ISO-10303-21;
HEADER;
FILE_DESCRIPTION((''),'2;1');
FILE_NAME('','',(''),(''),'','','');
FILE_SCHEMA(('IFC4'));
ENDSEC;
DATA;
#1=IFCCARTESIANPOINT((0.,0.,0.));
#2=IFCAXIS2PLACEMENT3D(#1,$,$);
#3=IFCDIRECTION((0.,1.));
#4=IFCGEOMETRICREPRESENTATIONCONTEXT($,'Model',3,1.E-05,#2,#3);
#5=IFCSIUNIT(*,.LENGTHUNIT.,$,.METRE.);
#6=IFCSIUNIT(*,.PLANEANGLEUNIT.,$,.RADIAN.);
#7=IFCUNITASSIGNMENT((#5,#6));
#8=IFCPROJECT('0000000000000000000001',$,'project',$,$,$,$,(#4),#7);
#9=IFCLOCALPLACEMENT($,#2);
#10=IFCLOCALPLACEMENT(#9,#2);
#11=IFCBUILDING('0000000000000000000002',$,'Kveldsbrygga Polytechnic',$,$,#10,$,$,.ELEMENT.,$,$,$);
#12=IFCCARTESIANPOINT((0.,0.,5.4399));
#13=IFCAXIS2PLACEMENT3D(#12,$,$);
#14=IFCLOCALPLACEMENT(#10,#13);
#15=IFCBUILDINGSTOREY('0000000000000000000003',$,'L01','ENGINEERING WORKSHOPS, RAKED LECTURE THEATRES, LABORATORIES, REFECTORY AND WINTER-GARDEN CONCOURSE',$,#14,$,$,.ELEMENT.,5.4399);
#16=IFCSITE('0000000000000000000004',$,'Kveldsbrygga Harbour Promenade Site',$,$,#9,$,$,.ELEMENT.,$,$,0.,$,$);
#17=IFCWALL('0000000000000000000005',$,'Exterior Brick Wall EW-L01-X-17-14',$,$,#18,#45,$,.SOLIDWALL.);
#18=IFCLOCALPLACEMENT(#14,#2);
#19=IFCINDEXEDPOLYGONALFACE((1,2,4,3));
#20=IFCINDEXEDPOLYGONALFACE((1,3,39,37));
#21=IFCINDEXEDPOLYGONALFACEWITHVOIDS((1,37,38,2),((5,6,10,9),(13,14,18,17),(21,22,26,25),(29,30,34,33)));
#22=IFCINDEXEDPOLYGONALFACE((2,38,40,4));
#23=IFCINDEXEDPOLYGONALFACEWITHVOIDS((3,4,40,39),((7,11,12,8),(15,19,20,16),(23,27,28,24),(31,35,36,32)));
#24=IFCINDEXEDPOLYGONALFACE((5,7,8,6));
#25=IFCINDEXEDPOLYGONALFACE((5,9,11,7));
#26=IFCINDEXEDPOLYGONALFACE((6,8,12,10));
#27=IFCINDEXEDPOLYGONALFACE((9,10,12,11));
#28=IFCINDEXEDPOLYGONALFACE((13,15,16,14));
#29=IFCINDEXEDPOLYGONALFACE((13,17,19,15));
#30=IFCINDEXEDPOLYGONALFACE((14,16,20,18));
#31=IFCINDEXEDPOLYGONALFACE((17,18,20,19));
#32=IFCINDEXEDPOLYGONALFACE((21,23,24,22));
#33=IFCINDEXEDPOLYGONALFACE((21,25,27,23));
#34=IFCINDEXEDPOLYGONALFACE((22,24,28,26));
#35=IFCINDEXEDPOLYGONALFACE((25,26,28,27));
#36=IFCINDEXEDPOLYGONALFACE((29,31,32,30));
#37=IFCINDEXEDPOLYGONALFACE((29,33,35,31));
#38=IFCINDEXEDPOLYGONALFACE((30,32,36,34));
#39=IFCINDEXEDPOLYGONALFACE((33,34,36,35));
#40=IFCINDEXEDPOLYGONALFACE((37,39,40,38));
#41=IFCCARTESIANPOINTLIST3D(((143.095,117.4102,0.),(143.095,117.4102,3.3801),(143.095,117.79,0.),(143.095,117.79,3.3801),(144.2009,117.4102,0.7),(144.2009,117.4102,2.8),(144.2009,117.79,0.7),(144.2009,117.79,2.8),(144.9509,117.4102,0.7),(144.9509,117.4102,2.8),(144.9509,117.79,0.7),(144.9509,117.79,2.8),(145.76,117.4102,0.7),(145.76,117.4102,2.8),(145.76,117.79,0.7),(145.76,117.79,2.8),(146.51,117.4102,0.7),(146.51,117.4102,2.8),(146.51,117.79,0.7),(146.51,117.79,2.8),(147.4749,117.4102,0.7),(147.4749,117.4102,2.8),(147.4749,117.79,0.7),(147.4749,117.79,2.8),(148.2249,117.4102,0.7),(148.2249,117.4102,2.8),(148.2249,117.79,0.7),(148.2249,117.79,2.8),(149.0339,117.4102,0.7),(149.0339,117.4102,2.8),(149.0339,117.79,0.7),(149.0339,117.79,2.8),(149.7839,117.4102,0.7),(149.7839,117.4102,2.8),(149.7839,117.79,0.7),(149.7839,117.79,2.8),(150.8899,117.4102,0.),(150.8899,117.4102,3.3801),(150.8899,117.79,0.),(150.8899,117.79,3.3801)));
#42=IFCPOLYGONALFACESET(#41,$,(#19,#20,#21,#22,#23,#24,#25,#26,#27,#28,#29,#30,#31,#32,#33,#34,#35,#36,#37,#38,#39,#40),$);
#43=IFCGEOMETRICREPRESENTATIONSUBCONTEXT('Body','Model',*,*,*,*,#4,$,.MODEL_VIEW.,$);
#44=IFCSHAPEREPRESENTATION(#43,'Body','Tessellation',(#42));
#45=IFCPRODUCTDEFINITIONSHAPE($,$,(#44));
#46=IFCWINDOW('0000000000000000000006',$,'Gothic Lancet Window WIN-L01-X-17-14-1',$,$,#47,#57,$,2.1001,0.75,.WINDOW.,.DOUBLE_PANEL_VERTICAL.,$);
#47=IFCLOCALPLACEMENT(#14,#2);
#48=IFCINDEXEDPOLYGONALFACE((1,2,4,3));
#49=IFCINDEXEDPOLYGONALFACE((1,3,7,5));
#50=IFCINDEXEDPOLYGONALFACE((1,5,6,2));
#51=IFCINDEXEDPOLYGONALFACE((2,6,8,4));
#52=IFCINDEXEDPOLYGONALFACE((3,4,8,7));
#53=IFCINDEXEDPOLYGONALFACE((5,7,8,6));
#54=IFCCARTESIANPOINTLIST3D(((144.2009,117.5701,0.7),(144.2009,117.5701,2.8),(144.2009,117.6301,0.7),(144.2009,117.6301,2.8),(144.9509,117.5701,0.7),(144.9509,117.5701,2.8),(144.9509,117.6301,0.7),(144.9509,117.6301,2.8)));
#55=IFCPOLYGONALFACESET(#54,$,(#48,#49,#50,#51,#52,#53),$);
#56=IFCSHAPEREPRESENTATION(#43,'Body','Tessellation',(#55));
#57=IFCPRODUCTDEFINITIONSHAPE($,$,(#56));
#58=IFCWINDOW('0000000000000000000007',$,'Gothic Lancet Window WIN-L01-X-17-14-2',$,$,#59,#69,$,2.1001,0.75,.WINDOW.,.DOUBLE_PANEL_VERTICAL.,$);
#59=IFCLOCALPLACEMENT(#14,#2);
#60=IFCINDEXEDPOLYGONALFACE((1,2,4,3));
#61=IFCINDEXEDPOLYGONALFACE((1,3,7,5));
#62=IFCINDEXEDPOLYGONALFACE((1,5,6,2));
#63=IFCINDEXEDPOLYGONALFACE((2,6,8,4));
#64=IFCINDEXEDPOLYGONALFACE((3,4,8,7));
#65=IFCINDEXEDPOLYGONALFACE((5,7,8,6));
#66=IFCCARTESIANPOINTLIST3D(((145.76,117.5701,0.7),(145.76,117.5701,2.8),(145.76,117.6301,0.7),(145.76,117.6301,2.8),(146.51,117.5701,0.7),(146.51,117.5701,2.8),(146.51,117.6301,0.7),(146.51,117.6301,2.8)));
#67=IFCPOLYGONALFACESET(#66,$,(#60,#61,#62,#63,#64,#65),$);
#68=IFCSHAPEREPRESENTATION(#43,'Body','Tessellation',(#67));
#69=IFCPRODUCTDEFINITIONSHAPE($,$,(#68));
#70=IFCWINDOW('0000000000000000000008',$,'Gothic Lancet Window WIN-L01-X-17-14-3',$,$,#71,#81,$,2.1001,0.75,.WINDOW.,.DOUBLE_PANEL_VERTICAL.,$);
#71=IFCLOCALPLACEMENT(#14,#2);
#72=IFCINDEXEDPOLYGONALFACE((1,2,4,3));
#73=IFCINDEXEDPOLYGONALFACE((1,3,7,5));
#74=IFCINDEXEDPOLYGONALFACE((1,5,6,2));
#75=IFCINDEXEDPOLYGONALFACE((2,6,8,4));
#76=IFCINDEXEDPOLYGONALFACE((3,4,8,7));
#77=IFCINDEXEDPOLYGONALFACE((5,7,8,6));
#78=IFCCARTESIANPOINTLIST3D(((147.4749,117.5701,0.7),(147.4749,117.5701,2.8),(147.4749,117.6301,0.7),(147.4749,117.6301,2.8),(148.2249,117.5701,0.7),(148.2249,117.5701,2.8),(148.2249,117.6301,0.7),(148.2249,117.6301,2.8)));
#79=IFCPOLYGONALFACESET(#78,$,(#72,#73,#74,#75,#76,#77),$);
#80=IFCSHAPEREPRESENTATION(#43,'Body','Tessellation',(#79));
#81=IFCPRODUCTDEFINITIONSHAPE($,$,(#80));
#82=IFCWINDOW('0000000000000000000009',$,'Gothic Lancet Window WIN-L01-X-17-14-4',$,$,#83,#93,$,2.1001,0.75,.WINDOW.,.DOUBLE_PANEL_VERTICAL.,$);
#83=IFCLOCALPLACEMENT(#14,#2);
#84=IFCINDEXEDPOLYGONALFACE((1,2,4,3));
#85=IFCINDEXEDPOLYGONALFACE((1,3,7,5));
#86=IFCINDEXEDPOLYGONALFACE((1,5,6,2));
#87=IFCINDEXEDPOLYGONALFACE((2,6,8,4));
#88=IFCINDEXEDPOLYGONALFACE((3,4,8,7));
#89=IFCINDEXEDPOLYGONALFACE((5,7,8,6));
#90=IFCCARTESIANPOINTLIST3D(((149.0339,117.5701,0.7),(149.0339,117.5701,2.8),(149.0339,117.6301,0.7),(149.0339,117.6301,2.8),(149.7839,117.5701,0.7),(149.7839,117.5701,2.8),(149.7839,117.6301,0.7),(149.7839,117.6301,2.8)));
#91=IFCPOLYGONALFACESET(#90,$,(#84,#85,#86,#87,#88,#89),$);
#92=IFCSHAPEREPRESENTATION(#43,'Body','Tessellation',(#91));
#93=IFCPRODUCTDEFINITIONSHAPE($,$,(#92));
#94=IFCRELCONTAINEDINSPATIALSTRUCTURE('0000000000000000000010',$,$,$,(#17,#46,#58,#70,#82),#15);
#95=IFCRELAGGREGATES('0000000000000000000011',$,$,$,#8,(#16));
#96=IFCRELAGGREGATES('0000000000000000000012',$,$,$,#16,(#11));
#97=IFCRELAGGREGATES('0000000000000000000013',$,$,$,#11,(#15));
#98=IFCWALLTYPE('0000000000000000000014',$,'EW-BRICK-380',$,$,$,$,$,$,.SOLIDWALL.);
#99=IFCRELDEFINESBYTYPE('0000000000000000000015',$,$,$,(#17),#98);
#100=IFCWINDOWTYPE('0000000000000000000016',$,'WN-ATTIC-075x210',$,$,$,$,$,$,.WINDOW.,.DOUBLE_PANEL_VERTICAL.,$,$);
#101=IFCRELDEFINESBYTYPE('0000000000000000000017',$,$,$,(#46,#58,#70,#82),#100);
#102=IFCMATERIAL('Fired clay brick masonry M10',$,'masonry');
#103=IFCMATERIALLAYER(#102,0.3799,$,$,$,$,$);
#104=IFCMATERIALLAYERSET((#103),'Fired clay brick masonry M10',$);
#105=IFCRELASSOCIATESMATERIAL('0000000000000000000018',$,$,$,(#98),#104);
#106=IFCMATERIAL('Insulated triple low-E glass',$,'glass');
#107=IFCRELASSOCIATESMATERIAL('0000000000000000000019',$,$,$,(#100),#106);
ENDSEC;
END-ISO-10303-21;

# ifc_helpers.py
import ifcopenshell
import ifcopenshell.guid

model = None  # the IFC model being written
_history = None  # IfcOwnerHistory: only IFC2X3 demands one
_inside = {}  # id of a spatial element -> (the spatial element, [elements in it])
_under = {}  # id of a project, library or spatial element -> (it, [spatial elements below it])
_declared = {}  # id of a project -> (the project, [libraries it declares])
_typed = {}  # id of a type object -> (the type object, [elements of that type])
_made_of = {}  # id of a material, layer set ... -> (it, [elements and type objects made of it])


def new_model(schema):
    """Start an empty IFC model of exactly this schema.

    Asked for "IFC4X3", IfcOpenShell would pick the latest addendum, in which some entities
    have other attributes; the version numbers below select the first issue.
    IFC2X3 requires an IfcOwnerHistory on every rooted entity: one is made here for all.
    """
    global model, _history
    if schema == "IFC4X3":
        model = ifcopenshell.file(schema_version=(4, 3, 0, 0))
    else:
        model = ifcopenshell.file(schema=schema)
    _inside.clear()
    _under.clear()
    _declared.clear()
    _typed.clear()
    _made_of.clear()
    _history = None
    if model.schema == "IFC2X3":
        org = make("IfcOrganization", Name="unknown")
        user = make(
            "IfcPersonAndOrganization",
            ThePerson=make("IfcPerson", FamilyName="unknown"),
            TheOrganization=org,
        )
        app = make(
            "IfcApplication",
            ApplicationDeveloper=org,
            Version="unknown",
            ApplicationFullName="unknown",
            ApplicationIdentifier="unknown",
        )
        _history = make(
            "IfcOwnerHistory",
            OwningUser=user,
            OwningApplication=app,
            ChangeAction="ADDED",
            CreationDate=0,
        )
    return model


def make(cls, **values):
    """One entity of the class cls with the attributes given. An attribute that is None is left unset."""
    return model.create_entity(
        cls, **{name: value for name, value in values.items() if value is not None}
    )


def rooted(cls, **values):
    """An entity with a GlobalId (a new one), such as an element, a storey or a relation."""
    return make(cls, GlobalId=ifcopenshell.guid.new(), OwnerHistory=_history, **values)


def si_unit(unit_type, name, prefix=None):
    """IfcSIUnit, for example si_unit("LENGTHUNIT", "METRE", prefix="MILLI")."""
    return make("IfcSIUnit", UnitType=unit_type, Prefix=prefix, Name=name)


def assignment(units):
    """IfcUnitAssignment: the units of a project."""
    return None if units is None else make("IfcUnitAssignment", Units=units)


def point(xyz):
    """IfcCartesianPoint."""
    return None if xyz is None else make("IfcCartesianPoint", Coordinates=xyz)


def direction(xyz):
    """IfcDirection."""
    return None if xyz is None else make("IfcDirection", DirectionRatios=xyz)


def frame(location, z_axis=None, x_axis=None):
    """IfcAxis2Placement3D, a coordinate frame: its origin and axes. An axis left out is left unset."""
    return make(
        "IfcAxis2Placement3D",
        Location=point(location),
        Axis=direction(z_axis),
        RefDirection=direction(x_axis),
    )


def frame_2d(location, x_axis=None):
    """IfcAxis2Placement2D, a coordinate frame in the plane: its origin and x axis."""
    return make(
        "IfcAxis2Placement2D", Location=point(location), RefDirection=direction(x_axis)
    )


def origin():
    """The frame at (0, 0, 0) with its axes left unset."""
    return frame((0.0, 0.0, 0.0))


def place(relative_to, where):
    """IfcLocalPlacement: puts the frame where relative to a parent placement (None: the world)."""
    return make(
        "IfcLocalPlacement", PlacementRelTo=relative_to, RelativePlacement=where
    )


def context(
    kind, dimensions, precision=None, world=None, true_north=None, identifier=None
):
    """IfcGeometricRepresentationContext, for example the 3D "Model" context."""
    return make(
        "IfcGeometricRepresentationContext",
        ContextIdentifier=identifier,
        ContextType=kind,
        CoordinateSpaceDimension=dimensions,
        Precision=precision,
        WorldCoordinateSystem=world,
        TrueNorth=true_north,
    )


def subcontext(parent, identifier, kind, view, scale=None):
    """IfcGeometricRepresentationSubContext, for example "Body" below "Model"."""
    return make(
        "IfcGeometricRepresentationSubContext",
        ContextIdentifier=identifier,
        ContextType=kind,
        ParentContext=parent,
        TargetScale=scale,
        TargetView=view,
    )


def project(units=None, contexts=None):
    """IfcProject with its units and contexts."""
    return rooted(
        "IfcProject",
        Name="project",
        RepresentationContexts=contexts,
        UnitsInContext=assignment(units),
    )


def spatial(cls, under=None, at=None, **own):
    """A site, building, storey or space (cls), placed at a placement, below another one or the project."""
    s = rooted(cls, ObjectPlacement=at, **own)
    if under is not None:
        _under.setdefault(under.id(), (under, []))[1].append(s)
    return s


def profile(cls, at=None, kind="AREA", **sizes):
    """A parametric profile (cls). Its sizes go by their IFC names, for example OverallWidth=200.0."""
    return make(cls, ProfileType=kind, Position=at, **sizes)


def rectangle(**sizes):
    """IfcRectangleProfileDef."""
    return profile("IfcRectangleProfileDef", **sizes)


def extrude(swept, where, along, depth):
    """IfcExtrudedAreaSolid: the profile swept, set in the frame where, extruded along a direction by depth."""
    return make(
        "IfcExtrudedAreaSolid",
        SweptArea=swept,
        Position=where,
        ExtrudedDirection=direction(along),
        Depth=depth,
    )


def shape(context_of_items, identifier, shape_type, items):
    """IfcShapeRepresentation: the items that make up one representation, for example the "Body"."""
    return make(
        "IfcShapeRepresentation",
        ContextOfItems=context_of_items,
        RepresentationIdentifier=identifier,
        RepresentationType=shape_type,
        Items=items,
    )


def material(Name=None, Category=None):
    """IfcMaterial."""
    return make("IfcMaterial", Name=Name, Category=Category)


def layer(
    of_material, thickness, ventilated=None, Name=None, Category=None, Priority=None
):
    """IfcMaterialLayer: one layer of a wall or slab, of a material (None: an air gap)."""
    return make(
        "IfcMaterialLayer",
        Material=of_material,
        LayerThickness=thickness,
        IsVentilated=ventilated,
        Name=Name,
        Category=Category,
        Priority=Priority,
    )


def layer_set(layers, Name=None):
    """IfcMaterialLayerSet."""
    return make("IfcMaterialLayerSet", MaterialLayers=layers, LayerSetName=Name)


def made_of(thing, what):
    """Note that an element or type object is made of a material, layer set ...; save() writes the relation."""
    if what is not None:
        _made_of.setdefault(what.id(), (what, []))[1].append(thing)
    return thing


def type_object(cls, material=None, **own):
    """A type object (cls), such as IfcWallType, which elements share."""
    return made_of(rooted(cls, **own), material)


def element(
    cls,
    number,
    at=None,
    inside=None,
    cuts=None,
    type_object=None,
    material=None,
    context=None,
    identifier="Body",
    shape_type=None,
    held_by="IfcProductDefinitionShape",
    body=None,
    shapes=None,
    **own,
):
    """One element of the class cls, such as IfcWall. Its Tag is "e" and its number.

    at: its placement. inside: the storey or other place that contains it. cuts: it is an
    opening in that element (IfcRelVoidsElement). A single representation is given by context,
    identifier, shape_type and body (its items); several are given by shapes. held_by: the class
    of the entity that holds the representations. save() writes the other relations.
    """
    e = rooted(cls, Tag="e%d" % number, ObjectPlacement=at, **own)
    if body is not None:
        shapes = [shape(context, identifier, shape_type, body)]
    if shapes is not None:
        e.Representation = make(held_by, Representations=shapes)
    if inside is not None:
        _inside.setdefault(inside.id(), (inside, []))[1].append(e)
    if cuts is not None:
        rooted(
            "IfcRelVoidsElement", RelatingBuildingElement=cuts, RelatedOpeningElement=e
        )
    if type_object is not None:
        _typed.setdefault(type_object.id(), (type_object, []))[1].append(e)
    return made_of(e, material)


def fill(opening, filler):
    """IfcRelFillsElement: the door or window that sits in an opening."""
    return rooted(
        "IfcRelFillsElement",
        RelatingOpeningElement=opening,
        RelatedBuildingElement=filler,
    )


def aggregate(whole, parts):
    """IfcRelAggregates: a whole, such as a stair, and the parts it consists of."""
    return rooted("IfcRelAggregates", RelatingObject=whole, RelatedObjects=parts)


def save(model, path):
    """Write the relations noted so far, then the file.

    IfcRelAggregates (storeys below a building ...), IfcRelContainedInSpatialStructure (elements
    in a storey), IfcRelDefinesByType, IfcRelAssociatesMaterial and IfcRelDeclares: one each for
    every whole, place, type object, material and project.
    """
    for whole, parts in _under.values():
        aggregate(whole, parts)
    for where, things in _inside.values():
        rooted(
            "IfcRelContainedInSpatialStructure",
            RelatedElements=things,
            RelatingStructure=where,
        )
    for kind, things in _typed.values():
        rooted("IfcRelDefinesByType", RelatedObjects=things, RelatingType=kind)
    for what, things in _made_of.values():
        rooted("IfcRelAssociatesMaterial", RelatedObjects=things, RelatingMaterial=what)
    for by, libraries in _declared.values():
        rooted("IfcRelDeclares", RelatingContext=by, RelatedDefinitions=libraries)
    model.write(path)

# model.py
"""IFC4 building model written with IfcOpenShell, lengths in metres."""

from ifc_helpers import new_model, si_unit, direction, frame, frame_2d, origin, place, context, subcontext, project, spatial, rectangle, extrude, material, layer, layer_set, type_object, element, fill, save


model = new_model("IFC4")

# Units and contexts
model_context = context("Model", 3, precision=1e-05, world=origin(), true_north=direction((0.0, 1.0)))
body_context = subcontext(model_context, "Body", "Model", "MODEL_VIEW")
ifc_project = project(units=[si_unit("LENGTHUNIT", "METRE"), si_unit("PLANEANGLEUNIT", "RADIAN")], contexts=[model_context])

# Site, building, storey
site_placement = place(None, origin())
site = spatial("IfcSite", under=ifc_project, at=site_placement, Name="Kveldsbrygga Harbour Promenade Site", CompositionType="ELEMENT", RefElevation=0.0)
building_placement = place(site_placement, origin())
building = spatial("IfcBuilding", under=site, at=building_placement, Name="Kveldsbrygga Polytechnic", CompositionType="ELEMENT")
storey_placement = place(building_placement, frame((0.0, 0.0, 5.4399)))
storey = spatial("IfcBuildingStorey", under=building, at=storey_placement, Name="L01", Description="ENGINEERING WORKSHOPS, RAKED LECTURE THEATRES, LABORATORIES, REFECTORY AND WINTER-GARDEN CONCOURSE", CompositionType="ELEMENT", Elevation=5.4399)

# Wall, openings, windows
ifc_material_1 = material(Name="Fired clay brick masonry M10", Category="masonry")
ifc_layer_1 = layer(ifc_material_1, 0.3799)
ifc_layer_set_1 = layer_set([ifc_layer_1], Name="Fired clay brick masonry M10")
wall_type_1 = type_object("IfcWallType", Name="EW-BRICK-380", PredefinedType="SOLIDWALL", material=ifc_layer_set_1)
wall_1_placement = place(storey_placement, frame((143.095, 117.6001, 0.0), z_axis=(0.0, 0.0, 1.0), x_axis=(1.0, 0.0, 0.0)))
wall_1 = element("IfcWall", 1, at=wall_1_placement, inside=storey, type_object=wall_type_1, Name="Exterior Brick Wall EW-L01-X-17-14", PredefinedType="SOLIDWALL", context=body_context, shape_type="SweptSolid", body=[
    extrude(rectangle(XDim=7.7949, YDim=0.3799, at=frame_2d((3.8975, 0.0))), origin(), (0.0, 0.0, 1.0), 3.3801),
])
opening_1_placement = place(wall_1_placement, frame((1.106, 0.0, 0.7)))
opening_1 = element("IfcOpeningElement", 2, at=opening_1_placement, cuts=wall_1, PredefinedType="OPENING", context=body_context, shape_type="SweptSolid", body=[
    extrude(rectangle(XDim=0.75, YDim=2.1001, at=frame_2d((0.375, 1.05))), frame((0.0, 0.2, 0.0), z_axis=(0.0, -1.0, 0.0), x_axis=(1.0, 0.0, 0.0)), (0.0, 0.0, 1.0), 0.3999),
])
opening_2_placement = place(wall_1_placement, frame((2.665, 0.0, 0.7)))
opening_2 = element("IfcOpeningElement", 3, at=opening_2_placement, cuts=wall_1, PredefinedType="OPENING", context=body_context, shape_type="SweptSolid", body=[
    extrude(rectangle(XDim=0.75, YDim=2.1001, at=frame_2d((0.375, 1.05))), frame((0.0, 0.2, 0.0), z_axis=(0.0, -1.0, 0.0), x_axis=(1.0, 0.0, 0.0)), (0.0, 0.0, 1.0), 0.3999),
])
opening_3_placement = place(wall_1_placement, frame((4.3799, 0.0, 0.7)))
opening_3 = element("IfcOpeningElement", 4, at=opening_3_placement, cuts=wall_1, PredefinedType="OPENING", context=body_context, shape_type="SweptSolid", body=[
    extrude(rectangle(XDim=0.75, YDim=2.1001, at=frame_2d((0.375, 1.05))), frame((0.0, 0.2, 0.0), z_axis=(0.0, -1.0, 0.0), x_axis=(1.0, 0.0, 0.0)), (0.0, 0.0, 1.0), 0.3999),
])
opening_4_placement = place(wall_1_placement, frame((5.939, 0.0, 0.7)))
opening_4 = element("IfcOpeningElement", 5, at=opening_4_placement, cuts=wall_1, PredefinedType="OPENING", context=body_context, shape_type="SweptSolid", body=[
    extrude(rectangle(XDim=0.75, YDim=2.1001, at=frame_2d((0.375, 1.05))), frame((0.0, 0.2, 0.0), z_axis=(0.0, -1.0, 0.0), x_axis=(1.0, 0.0, 0.0)), (0.0, 0.0, 1.0), 0.3999),
])
ifc_material_2 = material(Name="Insulated triple low-E glass", Category="glass")
window_type = type_object("IfcWindowType", Name="WN-ATTIC-075x210", PartitioningType="DOUBLE_PANEL_VERTICAL", PredefinedType="WINDOW", material=ifc_material_2)
window_1_placement = place(opening_1_placement, origin())
window_1 = element("IfcWindow", 6, at=window_1_placement, inside=storey, type_object=window_type, Name="Gothic Lancet Window WIN-L01-X-17-14-1", OverallHeight=2.1001, OverallWidth=0.75, PartitioningType="DOUBLE_PANEL_VERTICAL", PredefinedType="WINDOW", context=body_context, shape_type="SweptSolid", body=[
    extrude(rectangle(XDim=0.75, YDim=2.1001, at=frame_2d((0.375, 1.05))), frame((0.0, 0.03, 0.0), z_axis=(0.0, -1.0, 0.0), x_axis=(1.0, 0.0, 0.0)), (0.0, 0.0, 1.0), 0.0601),
])
fill(opening_1, window_1)
window_2_placement = place(opening_2_placement, origin())
window_2 = element("IfcWindow", 7, at=window_2_placement, inside=storey, type_object=window_type, Name="Gothic Lancet Window WIN-L01-X-17-14-2", OverallHeight=2.1001, OverallWidth=0.75, PartitioningType="DOUBLE_PANEL_VERTICAL", PredefinedType="WINDOW", context=body_context, shape_type="SweptSolid", body=[
    extrude(rectangle(XDim=0.75, YDim=2.1001, at=frame_2d((0.375, 1.05))), frame((0.0, 0.03, 0.0), z_axis=(0.0, -1.0, 0.0), x_axis=(1.0, 0.0, 0.0)), (0.0, 0.0, 1.0), 0.0601),
])
fill(opening_2, window_2)
window_3_placement = place(opening_3_placement, origin())
window_3 = element("IfcWindow", 8, at=window_3_placement, inside=storey, type_object=window_type, Name="Gothic Lancet Window WIN-L01-X-17-14-3", OverallHeight=2.1001, OverallWidth=0.75, PartitioningType="DOUBLE_PANEL_VERTICAL", PredefinedType="WINDOW", context=body_context, shape_type="SweptSolid", body=[
    extrude(rectangle(XDim=0.75, YDim=2.1001, at=frame_2d((0.375, 1.05))), frame((0.0, 0.03, 0.0), z_axis=(0.0, -1.0, 0.0), x_axis=(1.0, 0.0, 0.0)), (0.0, 0.0, 1.0), 0.0601),
])
fill(opening_3, window_3)
window_4_placement = place(opening_4_placement, origin())
window_4 = element("IfcWindow", 9, at=window_4_placement, inside=storey, type_object=window_type, Name="Gothic Lancet Window WIN-L01-X-17-14-4", OverallHeight=2.1001, OverallWidth=0.75, PartitioningType="DOUBLE_PANEL_VERTICAL", PredefinedType="WINDOW", context=body_context, shape_type="SweptSolid", body=[
    extrude(rectangle(XDim=0.75, YDim=2.1001, at=frame_2d((0.375, 1.05))), frame((0.0, 0.03, 0.0), z_axis=(0.0, -1.0, 0.0), x_axis=(1.0, 0.0, 0.0)), (0.0, 0.0, 1.0), 0.0601),
])
fill(opening_4, window_4)

save(model, "model.ifc")
